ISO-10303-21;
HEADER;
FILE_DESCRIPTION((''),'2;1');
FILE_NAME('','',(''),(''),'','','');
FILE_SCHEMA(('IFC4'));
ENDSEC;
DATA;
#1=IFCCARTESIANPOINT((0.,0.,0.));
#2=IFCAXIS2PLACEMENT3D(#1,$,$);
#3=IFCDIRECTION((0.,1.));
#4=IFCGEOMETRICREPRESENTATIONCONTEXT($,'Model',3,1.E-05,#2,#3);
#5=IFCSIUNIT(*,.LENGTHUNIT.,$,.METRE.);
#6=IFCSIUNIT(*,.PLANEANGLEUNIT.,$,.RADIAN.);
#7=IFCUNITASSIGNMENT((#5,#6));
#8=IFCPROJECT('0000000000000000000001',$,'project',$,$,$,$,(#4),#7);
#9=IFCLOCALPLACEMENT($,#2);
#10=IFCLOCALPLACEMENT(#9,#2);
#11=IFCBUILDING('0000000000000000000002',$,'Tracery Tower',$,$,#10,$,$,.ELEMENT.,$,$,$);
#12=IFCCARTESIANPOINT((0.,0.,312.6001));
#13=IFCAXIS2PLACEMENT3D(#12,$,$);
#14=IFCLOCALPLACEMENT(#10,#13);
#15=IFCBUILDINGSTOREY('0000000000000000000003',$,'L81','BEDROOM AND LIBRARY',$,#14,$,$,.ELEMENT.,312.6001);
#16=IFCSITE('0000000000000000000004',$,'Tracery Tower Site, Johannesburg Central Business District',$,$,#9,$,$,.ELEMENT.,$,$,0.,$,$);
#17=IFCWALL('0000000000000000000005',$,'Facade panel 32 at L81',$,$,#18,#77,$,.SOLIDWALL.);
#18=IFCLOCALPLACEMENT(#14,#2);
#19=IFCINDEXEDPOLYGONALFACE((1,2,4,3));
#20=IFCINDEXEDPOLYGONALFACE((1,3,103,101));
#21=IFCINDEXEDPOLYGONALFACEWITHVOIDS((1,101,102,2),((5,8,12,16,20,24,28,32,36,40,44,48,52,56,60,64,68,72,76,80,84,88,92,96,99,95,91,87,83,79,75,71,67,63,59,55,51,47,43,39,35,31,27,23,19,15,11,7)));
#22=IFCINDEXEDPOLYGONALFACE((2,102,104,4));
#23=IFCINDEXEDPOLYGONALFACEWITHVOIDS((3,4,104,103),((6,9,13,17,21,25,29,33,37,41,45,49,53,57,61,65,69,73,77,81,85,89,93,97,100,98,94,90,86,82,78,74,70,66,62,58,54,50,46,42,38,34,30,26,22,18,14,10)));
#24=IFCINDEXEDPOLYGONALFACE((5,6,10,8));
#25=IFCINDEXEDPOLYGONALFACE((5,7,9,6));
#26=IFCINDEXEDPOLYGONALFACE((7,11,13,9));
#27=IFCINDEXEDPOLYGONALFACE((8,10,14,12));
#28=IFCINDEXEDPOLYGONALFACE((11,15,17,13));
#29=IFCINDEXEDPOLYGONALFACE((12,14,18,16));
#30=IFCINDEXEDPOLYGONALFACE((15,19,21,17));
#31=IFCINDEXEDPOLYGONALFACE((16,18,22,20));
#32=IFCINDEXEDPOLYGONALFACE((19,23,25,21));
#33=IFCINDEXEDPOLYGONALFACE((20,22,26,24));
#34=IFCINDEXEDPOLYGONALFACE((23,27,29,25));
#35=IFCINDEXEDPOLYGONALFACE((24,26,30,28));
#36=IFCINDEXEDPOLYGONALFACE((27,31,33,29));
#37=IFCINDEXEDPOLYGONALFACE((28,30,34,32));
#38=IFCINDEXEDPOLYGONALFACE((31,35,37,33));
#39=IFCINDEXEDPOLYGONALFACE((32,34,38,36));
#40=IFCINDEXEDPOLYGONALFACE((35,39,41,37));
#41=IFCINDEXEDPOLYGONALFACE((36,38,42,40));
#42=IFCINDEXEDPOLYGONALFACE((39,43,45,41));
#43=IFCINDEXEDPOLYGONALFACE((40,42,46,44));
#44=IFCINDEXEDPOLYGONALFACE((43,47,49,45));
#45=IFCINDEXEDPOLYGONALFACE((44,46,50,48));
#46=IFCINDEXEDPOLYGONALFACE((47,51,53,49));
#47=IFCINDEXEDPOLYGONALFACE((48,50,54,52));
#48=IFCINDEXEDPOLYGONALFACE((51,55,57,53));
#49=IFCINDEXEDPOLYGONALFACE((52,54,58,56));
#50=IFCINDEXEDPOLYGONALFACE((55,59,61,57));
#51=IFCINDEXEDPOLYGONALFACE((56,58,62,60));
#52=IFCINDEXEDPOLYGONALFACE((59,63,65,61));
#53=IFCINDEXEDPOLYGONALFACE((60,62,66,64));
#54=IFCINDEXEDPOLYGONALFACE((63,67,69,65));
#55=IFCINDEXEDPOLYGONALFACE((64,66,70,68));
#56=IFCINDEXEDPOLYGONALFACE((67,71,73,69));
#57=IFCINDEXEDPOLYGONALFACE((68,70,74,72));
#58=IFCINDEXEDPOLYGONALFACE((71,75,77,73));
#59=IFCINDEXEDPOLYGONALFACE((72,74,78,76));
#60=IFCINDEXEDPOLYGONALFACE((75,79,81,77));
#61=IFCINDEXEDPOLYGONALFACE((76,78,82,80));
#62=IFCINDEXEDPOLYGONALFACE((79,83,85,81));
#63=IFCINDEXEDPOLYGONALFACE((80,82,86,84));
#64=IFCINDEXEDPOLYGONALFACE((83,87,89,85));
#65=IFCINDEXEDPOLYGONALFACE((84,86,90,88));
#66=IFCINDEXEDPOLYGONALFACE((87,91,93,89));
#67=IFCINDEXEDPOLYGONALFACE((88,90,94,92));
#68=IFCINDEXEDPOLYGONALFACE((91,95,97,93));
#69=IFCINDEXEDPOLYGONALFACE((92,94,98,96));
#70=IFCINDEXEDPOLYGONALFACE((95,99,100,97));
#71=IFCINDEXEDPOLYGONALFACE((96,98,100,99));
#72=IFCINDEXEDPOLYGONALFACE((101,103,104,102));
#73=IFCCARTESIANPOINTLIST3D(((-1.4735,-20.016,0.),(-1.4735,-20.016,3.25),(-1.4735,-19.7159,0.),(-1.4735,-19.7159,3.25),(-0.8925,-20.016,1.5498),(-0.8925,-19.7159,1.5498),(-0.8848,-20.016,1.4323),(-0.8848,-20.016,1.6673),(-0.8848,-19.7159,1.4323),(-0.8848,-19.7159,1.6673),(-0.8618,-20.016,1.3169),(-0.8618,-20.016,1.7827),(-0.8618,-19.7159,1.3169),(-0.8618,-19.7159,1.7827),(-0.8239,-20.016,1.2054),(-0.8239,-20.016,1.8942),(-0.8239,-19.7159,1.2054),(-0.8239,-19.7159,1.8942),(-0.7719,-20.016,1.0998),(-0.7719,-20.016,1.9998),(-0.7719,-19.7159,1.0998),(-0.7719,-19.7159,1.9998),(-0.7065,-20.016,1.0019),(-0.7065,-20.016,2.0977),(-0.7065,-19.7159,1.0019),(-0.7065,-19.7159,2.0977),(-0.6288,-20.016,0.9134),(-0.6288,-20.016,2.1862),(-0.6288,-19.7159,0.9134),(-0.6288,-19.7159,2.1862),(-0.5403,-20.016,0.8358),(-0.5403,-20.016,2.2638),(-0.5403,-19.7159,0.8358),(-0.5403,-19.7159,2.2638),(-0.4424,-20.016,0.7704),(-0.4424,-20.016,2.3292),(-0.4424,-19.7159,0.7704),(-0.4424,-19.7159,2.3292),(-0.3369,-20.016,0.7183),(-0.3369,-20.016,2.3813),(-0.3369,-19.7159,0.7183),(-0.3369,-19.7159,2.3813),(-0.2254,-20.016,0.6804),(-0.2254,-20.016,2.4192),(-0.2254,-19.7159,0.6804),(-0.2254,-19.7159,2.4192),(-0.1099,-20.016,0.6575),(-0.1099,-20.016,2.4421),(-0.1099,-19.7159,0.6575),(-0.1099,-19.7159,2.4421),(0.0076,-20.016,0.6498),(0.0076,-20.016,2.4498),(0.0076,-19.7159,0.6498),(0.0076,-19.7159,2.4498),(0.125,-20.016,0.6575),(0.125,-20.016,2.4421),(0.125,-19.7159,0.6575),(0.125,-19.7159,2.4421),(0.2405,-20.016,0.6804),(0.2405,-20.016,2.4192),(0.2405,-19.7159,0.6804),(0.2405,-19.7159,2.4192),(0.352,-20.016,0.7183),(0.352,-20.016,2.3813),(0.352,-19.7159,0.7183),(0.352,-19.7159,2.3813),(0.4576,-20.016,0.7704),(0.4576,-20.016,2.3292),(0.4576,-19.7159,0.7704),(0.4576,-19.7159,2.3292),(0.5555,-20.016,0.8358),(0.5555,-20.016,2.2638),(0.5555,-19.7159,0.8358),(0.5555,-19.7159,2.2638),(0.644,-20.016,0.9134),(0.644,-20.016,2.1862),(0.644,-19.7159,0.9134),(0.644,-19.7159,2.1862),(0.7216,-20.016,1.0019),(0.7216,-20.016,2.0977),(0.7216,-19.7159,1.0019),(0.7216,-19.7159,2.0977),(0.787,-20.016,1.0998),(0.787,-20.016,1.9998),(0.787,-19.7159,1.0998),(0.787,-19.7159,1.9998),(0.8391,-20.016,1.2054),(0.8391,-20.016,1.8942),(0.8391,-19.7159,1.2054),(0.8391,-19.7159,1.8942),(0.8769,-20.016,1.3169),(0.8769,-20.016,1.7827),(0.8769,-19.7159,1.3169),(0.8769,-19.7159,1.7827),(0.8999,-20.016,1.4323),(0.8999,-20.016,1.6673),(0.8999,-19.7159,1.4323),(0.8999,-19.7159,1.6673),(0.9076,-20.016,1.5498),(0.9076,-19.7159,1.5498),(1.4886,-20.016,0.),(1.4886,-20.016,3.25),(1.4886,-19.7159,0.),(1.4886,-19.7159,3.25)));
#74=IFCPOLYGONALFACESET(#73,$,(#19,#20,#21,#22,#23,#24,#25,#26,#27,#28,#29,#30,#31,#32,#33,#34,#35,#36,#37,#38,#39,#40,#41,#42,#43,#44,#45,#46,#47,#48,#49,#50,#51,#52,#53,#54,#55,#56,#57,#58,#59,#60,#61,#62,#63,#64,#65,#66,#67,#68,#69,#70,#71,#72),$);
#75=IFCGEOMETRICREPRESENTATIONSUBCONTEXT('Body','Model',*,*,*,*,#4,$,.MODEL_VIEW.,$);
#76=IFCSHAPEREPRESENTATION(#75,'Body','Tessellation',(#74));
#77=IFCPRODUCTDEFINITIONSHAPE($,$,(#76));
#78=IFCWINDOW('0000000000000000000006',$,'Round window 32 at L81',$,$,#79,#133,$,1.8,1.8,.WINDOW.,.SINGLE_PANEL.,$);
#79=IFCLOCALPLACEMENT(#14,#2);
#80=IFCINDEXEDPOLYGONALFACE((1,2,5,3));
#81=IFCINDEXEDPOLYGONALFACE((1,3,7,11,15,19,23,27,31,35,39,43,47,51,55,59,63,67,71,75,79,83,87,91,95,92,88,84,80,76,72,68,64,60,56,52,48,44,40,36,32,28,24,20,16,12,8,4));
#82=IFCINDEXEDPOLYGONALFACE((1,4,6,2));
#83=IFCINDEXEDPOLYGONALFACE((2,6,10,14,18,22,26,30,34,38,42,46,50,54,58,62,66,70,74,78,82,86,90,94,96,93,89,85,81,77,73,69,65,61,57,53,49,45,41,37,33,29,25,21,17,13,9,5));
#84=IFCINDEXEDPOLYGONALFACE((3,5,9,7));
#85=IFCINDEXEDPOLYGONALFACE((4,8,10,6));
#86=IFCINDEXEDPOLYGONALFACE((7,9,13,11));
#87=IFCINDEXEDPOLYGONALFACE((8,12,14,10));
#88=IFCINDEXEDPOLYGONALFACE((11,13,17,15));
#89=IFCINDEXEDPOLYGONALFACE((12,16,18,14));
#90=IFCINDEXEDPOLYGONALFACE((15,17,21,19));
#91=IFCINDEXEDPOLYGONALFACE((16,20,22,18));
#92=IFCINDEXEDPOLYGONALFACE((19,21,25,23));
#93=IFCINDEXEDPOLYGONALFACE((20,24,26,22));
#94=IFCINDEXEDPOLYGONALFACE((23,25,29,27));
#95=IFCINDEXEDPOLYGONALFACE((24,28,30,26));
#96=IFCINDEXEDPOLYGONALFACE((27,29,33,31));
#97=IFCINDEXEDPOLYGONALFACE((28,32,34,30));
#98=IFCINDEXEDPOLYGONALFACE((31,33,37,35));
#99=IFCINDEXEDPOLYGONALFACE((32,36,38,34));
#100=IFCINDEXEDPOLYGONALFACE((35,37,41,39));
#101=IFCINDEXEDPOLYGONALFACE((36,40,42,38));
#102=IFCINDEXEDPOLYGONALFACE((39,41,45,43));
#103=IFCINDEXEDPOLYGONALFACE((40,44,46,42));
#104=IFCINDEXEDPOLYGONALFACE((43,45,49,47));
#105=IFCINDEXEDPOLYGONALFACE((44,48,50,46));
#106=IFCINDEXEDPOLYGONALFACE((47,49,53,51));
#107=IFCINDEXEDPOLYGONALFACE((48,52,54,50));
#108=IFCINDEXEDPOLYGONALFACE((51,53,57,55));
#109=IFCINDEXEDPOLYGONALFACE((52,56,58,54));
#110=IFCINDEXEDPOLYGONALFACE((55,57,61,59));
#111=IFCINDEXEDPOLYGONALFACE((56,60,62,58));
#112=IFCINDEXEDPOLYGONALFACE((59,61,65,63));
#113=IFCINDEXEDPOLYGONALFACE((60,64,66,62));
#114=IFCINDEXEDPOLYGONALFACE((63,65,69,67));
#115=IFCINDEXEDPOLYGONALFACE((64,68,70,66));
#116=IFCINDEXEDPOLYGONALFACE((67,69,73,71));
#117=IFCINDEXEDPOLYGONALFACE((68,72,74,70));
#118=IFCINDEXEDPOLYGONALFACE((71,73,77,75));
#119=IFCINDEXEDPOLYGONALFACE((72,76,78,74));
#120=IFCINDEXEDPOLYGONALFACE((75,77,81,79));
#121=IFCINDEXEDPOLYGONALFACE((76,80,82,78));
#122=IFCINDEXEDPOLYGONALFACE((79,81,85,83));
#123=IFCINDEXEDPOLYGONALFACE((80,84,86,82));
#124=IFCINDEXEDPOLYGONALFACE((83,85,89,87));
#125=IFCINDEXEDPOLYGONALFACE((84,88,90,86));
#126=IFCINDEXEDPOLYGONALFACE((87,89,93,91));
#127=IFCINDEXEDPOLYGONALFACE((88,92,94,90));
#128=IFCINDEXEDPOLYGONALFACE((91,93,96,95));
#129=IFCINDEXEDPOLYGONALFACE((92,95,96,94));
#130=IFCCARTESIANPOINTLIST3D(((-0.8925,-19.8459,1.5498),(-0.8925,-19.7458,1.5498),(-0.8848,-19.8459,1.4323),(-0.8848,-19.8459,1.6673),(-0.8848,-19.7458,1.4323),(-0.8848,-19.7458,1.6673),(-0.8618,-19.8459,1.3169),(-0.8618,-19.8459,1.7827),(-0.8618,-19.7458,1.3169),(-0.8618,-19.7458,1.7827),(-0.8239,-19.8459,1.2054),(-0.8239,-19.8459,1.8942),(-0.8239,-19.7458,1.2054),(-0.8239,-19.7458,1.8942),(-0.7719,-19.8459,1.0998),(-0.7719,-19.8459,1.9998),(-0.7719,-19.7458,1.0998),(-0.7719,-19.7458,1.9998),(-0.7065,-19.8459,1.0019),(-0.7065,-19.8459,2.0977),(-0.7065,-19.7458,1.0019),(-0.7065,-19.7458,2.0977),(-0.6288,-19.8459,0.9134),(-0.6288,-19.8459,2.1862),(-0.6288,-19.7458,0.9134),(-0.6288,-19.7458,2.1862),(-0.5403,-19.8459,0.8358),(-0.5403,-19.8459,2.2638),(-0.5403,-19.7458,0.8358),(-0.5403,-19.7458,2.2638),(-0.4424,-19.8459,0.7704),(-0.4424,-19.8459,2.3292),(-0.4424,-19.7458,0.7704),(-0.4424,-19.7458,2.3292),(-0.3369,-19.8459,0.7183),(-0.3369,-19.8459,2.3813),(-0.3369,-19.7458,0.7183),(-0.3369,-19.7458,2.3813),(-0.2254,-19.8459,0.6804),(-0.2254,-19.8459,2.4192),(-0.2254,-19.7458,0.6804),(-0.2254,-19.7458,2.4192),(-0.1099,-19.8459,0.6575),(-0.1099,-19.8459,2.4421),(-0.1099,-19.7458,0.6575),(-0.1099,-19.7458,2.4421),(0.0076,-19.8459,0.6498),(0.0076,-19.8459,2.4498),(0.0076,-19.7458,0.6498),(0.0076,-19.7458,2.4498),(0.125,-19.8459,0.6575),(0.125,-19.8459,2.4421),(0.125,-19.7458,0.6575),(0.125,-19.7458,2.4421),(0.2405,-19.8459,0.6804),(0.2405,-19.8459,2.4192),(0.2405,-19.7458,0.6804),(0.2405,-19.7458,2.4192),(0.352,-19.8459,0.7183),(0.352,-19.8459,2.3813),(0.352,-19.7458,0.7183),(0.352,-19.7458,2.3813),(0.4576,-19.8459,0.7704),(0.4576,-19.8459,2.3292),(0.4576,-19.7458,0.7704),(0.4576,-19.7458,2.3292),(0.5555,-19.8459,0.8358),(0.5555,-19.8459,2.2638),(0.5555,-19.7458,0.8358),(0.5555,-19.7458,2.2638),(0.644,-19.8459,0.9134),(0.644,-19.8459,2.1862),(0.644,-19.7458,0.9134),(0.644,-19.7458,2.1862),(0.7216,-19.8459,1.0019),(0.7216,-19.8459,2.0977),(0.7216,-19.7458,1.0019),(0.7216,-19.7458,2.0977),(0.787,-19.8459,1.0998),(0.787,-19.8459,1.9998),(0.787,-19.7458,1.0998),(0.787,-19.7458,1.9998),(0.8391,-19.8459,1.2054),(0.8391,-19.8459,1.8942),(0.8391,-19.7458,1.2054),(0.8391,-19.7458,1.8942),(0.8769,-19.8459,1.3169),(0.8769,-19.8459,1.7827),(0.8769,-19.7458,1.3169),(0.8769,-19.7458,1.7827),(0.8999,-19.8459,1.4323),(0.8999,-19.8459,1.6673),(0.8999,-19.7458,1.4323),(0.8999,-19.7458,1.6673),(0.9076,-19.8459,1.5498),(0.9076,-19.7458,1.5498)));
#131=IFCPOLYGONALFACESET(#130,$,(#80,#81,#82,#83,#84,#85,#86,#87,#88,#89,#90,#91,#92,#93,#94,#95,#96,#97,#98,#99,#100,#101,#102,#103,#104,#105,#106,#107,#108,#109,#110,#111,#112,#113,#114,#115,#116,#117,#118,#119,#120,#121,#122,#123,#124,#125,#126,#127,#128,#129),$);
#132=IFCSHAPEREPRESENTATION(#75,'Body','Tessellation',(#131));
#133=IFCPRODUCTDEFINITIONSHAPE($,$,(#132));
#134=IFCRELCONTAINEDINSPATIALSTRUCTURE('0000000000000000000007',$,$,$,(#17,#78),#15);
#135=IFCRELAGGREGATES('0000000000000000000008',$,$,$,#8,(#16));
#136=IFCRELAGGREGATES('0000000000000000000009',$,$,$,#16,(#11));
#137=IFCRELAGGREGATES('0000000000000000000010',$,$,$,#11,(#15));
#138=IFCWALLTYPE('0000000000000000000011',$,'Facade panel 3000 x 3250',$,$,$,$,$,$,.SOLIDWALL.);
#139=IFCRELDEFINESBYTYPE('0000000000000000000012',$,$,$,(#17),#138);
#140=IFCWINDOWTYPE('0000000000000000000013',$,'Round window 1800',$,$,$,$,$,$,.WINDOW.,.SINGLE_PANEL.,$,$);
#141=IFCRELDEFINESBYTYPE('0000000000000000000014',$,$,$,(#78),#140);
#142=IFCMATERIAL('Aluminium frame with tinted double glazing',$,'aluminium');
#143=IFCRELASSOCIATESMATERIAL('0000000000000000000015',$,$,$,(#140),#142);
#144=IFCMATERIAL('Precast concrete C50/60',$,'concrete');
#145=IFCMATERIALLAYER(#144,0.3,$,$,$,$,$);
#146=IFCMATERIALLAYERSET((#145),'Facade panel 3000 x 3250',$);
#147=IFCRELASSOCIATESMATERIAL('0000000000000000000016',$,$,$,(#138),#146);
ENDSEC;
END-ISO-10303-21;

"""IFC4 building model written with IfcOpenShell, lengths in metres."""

from ifc_helpers import new_model, si_unit, direction, frame, frame_2d, origin, origin_2d, place, context, subcontext, project, spatial, rectangle, circle, extrude, material, layer, layer_set, type_object, element, fill, save


model = new_model("IFC4")

# Units and contexts
model_context = context("Model", 3, precision=1e-05, world=origin(), true_north=direction((0.0, 1.0)))
body_context = subcontext(model_context, "Body", "Model", "MODEL_VIEW")
ifc_project = project(units=[si_unit("LENGTHUNIT", "METRE"), si_unit("PLANEANGLEUNIT", "RADIAN")], contexts=[model_context])

# Site, building, storey
site_placement = place(None, origin())
site = spatial("IfcSite", under=ifc_project, at=site_placement, Name="Tracery Tower Site, Johannesburg Central Business District", CompositionType="ELEMENT", RefElevation=0.0)
building_placement = place(site_placement, origin())
building = spatial("IfcBuilding", under=site, at=building_placement, Name="Tracery Tower", CompositionType="ELEMENT")
storey_placement = place(building_placement, frame((0.0, 0.0, 312.6001)))
storey = spatial("IfcBuildingStorey", under=building, at=storey_placement, Name="L81", Description="BEDROOM AND LIBRARY", CompositionType="ELEMENT", Elevation=312.6001)

# Wall, opening, window
ifc_material_1 = material(Name="Aluminium frame with tinted double glazing", Category="aluminium")
window_type = type_object("IfcWindowType", Name="Round window 1800", PartitioningType="SINGLE_PANEL", PredefinedType="WINDOW", material=ifc_material_1)
ifc_material_2 = material(Name="Precast concrete C50/60", Category="concrete")
ifc_layer_1 = layer(ifc_material_2, 0.3)
ifc_layer_set_1 = layer_set([ifc_layer_1], Name="Facade panel 3000 x 3250")
wall_type_1 = type_object("IfcWallType", Name="Facade panel 3000 x 3250", PredefinedType="SOLIDWALL", material=ifc_layer_set_1)
wall_1_placement = place(storey_placement, frame((-1.4734, -19.866, 0.0), z_axis=(0.0, 0.0, 1.0), x_axis=(1.0, 0.0, 0.0)))
wall_1 = element("IfcWall", 1, at=wall_1_placement, inside=storey, type_object=wall_type_1, Name="Facade panel 32 at L81", PredefinedType="SOLIDWALL", context=body_context, shape_type="SweptSolid", body=[
    extrude(rectangle(XDim=2.9622, YDim=0.3, at=frame_2d((1.481, 0.0))), origin(), (0.0, 0.0, 1.0), 3.25),
])
opening_1_placement = place(wall_1_placement, frame((1.481, 0.0, 1.5498)))
opening_1 = element("IfcOpeningElement", 2, at=opening_1_placement, cuts=wall_1, PredefinedType="OPENING", context=body_context, shape_type="SweptSolid", body=[
    extrude(circle(Radius=0.9, at=origin_2d()), frame((0.0, 0.1599, 0.0), z_axis=(0.0, -1.0, 0.0), x_axis=(1.0, 0.0, 0.0)), (0.0, 0.0, 1.0), 0.3201),
])
window_1_placement = place(opening_1_placement, origin())
window_1 = element("IfcWindow", 3, at=window_1_placement, inside=storey, type_object=window_type, Name="Round window 32 at L81", OverallHeight=1.8, OverallWidth=1.8, PartitioningType="SINGLE_PANEL", PredefinedType="WINDOW", context=body_context, shape_type="SweptSolid", body=[
    extrude(circle(Radius=0.9, at=origin_2d()), frame((0.0, 0.1201, 0.0), z_axis=(0.0, -1.0, 0.0), x_axis=(1.0, 0.0, 0.0)), (0.0, 0.0, 1.0), 0.1001),
])
fill(opening_1, window_1)

save(model, "model.ifc")
